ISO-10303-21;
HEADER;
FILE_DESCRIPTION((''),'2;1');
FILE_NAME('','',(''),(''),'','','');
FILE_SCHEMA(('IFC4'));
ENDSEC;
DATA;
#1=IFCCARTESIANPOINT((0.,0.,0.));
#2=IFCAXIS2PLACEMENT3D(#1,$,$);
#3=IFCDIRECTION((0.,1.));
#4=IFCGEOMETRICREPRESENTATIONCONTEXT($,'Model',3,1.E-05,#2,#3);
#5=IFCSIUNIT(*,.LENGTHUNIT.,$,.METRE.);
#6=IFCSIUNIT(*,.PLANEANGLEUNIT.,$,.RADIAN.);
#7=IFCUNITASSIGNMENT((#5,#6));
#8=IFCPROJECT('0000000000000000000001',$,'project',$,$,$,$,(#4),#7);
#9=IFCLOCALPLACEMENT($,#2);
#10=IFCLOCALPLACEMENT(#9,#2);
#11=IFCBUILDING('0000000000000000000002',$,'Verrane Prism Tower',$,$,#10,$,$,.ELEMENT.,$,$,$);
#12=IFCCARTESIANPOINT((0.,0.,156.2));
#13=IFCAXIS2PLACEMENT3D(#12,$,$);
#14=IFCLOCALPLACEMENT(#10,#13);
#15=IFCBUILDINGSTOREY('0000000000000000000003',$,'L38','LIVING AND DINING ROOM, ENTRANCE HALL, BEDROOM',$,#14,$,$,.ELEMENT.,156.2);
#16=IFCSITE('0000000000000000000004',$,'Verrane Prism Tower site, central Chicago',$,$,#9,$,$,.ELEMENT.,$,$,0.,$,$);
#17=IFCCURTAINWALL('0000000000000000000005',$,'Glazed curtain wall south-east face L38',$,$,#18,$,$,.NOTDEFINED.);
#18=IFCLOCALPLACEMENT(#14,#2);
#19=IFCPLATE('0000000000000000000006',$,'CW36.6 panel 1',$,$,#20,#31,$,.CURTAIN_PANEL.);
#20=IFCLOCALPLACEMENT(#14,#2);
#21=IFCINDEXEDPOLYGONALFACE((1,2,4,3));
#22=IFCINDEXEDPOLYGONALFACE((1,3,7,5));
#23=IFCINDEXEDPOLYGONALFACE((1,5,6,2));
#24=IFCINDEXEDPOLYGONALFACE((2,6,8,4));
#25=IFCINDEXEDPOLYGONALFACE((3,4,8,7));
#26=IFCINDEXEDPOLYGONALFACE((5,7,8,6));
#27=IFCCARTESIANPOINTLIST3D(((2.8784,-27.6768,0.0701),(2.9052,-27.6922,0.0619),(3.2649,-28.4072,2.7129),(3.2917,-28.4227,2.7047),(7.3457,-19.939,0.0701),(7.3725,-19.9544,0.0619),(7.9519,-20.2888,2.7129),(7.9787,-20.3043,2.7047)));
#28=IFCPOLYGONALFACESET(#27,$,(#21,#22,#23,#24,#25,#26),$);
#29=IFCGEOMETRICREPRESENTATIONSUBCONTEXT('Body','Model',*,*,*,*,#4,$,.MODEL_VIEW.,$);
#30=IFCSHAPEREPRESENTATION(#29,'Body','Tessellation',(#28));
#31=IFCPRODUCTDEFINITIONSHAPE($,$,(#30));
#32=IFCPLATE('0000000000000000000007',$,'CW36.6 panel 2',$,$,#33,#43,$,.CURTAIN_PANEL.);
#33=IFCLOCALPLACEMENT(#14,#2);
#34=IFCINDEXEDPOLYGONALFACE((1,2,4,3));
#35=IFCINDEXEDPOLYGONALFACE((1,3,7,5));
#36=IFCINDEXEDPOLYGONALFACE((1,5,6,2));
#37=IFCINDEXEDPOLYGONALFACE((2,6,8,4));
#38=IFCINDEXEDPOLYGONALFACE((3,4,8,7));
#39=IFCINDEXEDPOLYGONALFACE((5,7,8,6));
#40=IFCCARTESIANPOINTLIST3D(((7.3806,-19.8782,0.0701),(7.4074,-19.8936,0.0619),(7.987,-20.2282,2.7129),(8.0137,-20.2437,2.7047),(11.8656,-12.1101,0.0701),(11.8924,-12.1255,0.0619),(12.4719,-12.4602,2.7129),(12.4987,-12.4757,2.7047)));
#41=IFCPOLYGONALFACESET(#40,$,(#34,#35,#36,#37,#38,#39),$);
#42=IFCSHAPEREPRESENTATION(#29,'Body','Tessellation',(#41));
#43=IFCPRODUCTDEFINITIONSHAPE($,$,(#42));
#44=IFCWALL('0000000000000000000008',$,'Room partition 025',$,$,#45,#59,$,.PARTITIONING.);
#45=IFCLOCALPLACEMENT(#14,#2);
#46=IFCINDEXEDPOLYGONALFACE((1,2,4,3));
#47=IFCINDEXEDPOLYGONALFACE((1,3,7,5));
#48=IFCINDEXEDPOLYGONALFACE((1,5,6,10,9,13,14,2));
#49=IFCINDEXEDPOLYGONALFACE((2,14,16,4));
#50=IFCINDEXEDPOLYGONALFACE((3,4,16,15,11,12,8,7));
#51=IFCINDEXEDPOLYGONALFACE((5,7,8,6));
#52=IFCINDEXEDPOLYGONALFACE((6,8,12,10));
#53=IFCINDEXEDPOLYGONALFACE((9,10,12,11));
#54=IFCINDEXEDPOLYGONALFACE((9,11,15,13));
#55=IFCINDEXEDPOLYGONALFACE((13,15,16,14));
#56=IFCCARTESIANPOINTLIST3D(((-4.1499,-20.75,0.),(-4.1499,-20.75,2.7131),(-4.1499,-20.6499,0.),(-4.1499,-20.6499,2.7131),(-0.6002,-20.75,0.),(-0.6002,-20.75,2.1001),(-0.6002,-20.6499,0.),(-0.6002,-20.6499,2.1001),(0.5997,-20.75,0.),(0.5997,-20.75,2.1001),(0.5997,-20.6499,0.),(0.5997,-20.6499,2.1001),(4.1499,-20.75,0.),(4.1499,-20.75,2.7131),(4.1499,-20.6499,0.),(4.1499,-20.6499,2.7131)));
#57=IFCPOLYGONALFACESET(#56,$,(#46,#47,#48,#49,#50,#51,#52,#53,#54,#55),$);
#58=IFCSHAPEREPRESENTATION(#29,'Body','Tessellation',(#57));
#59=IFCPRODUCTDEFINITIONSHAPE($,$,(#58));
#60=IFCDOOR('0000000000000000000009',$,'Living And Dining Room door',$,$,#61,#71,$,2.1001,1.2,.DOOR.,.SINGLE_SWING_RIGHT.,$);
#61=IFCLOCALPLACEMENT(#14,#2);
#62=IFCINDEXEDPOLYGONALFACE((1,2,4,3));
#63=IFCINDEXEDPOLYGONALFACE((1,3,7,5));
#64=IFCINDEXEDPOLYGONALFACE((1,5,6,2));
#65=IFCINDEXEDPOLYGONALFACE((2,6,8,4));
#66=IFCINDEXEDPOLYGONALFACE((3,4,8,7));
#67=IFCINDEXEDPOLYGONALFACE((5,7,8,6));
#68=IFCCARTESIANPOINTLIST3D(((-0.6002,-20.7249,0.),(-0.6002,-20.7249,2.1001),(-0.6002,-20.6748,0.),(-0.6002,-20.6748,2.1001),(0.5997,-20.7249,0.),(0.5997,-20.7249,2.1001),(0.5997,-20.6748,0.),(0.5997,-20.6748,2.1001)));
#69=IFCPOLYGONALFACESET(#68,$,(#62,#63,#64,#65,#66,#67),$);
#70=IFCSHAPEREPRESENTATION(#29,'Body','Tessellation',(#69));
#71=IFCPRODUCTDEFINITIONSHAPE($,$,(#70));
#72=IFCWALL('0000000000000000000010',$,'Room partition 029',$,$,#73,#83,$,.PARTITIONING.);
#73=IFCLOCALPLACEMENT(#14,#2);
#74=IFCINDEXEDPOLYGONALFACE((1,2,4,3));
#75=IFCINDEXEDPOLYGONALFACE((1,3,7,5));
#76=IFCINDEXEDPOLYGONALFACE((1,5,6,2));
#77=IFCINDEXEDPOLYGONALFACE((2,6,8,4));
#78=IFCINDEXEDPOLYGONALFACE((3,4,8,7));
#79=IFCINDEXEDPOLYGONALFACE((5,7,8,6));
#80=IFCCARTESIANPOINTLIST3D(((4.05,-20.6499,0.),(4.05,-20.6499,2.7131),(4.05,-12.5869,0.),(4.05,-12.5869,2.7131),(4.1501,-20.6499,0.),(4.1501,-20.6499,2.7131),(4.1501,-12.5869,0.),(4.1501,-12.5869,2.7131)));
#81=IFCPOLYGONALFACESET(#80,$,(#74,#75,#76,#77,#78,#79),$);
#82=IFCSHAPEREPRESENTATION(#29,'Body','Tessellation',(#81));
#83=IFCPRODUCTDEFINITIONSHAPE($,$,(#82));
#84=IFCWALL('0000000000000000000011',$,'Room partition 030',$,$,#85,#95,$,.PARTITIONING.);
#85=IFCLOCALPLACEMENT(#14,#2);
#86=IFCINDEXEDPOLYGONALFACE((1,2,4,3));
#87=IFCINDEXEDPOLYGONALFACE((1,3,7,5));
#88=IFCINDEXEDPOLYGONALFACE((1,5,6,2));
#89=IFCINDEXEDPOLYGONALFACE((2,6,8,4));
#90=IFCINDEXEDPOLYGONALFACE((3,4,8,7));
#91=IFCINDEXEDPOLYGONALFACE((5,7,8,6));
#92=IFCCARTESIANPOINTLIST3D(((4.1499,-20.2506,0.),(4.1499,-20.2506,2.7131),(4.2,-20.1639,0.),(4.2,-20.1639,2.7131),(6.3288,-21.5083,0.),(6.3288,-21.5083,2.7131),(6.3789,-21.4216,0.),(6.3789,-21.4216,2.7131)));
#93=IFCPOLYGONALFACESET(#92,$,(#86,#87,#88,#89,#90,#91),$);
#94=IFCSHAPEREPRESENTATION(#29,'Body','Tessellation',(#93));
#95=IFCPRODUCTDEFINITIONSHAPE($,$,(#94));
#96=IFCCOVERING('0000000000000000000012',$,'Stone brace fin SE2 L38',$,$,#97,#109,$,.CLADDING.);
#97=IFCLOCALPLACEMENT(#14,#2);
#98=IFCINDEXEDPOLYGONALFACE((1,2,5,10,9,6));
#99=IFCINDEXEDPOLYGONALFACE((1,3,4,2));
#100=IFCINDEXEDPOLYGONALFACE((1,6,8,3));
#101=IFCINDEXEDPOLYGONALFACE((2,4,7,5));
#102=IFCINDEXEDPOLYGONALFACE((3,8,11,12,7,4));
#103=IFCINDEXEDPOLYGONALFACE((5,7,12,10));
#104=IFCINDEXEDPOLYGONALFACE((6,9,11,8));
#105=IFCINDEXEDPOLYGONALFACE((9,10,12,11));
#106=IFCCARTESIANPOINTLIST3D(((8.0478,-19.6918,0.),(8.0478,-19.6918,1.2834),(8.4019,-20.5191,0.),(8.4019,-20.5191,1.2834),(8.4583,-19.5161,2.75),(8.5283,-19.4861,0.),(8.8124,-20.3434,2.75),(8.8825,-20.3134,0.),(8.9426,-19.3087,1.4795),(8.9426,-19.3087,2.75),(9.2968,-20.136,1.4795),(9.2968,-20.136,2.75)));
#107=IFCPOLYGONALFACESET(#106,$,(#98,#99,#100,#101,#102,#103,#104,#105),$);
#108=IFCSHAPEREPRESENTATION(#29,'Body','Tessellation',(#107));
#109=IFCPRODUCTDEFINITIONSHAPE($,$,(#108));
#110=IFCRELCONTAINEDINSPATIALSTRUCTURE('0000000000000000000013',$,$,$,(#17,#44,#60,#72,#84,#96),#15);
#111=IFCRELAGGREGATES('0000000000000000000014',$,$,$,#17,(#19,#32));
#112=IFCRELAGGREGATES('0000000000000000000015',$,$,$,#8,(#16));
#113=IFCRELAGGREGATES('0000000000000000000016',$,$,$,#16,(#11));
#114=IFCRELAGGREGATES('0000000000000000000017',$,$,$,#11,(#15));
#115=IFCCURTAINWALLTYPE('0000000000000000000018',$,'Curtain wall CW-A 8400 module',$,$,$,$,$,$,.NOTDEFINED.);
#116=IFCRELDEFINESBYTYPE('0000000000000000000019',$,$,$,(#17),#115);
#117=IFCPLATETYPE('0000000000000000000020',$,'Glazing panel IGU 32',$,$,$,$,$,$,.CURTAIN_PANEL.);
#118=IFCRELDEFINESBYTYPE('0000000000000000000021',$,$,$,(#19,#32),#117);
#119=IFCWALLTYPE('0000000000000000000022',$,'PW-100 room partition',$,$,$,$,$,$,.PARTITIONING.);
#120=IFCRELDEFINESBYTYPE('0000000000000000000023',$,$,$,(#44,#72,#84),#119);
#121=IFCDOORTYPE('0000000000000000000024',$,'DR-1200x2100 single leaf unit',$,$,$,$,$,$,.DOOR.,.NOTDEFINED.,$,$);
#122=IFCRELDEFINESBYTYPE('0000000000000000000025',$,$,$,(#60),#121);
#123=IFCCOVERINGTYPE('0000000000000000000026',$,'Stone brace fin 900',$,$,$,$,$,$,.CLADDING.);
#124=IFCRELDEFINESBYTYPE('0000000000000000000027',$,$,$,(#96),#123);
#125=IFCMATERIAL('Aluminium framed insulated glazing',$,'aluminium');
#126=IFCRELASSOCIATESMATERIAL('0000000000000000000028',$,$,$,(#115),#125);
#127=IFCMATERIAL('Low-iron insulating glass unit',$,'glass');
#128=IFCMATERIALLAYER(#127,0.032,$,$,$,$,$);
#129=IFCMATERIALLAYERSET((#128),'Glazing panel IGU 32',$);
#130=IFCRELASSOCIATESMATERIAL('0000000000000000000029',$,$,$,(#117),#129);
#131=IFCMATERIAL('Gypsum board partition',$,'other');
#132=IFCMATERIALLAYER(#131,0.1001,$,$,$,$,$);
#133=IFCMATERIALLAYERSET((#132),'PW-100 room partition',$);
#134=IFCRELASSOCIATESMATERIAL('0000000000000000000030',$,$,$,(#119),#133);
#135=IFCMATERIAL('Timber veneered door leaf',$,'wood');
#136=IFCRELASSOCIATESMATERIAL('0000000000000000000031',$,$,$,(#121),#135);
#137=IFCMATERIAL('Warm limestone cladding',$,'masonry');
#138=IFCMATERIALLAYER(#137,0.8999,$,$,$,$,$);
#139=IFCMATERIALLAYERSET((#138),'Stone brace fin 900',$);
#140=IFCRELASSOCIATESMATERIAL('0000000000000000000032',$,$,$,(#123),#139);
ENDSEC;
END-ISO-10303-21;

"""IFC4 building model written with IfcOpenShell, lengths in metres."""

from ifc_helpers import new_model, si_unit, direction, frame, frame_2d, origin, place, context, subcontext, project, spatial, polyline, rectangle, outline, extrude, material, layer, layer_set, type_object, element, fill, aggregate, save


model = new_model("IFC4")

# Units and contexts
model_context = context("Model", 3, precision=1e-05, world=origin(), true_north=direction((0.0, 1.0)))
body_context = subcontext(model_context, "Body", "Model", "MODEL_VIEW")
ifc_project = project(units=[si_unit("LENGTHUNIT", "METRE"), si_unit("PLANEANGLEUNIT", "RADIAN")], contexts=[model_context])

# Site, building, storey
site_placement = place(None, origin())
site = spatial("IfcSite", under=ifc_project, at=site_placement, Name="Verrane Prism Tower site, central Chicago", CompositionType="ELEMENT", RefElevation=0.0)
building_placement = place(site_placement, origin())
building = spatial("IfcBuilding", under=site, at=building_placement, Name="Verrane Prism Tower", CompositionType="ELEMENT")
storey_placement = place(building_placement, frame((0.0, 0.0, 156.2)))
storey = spatial("IfcBuildingStorey", under=building, at=storey_placement, Name="L38", Description="LIVING AND DINING ROOM, ENTRANCE HALL, BEDROOM", CompositionType="ELEMENT", Elevation=156.2)

# Curtain wall
ifc_material_1 = material(Name="Aluminium framed insulated glazing", Category="aluminium")
curtain_wall_type = type_object("IfcCurtainWallType", Name="Curtain wall CW-A 8400 module", PredefinedType="NOTDEFINED", material=ifc_material_1)
curtain_wall_placement = place(storey_placement, origin())
curtain_wall = element("IfcCurtainWall", 1, at=curtain_wall_placement, inside=storey, type_object=curtain_wall_type, Name="Glazed curtain wall south-east face L38", PredefinedType="NOTDEFINED")

# Plates
ifc_material_2 = material(Name="Low-iron insulating glass unit", Category="glass")
ifc_layer_1 = layer(ifc_material_2, 0.032)
ifc_layer_set_1 = layer_set([ifc_layer_1], Name="Glazing panel IGU 32")
plate_type = type_object("IfcPlateType", Name="Glazing panel IGU 32", PredefinedType="CURTAIN_PANEL", material=ifc_layer_set_1)
plate_1_placement = place(storey_placement, frame((2.8784, -27.6768, 0.0701), z_axis=(-0.837171, 0.483326, 0.256012), x_axis=(0.499988, 0.866032, 0.0)))
plate_1 = element("IfcPlate", 2, at=plate_1_placement, type_object=plate_type, Name="CW36.6 panel 1", PredefinedType="CURTAIN_PANEL", context=body_context, shape_type="SweptSolid", body=[
    extrude(outline(polyline([(0.0, 0.0), (8.9348, 0.0), (8.9349, -2.7339), (-0.4394, -2.7339), (0.0, 0.0)])), origin(), (0.0, 0.0, -1.0), 0.032),
])
plate_2_placement = place(storey_placement, frame((7.3806, -19.8782, 0.0701), z_axis=(-0.837142, 0.483334, 0.256087), x_axis=(0.500008, 0.866021, 0.000003)))
plate_2 = element("IfcPlate", 3, at=plate_2_placement, type_object=plate_type, Name="CW36.6 panel 2", PredefinedType="CURTAIN_PANEL", context=body_context, shape_type="SweptSolid", body=[
    extrude(outline(polyline([(0.0, 0.0), (8.9699, 0.0), (8.9698, -2.734), (0.0, -2.734), (0.0, 0.0)])), origin(), (0.0, 0.0, -1.0), 0.032),
])
aggregate(curtain_wall, [plate_1, plate_2])

# Wall, opening, door
ifc_material_3 = material(Name="Gypsum board partition", Category="other")
ifc_layer_2 = layer(ifc_material_3, 0.1001)
ifc_layer_set_2 = layer_set([ifc_layer_2], Name="PW-100 room partition")
wall_type = type_object("IfcWallType", Name="PW-100 room partition", PredefinedType="PARTITIONING", material=ifc_layer_set_2)
wall_1_placement = place(storey_placement, frame((4.1499, -20.7, 0.0), z_axis=(0.0, 0.0, 1.0), x_axis=(-1.0, 0.0, 0.0)))
wall_1 = element("IfcWall", 4, at=wall_1_placement, inside=storey, type_object=wall_type, Name="Room partition 025", PredefinedType="PARTITIONING", context=body_context, shape_type="SweptSolid", body=[
    extrude(rectangle(XDim=8.2998, YDim=0.1001, at=frame_2d((4.1499, 0.0))), origin(), (0.0, 0.0, 1.0), 2.7131),
])
opening_placement = place(wall_1_placement, frame((3.55, 0.0, 0.0)))
opening = element("IfcOpeningElement", 5, at=opening_placement, cuts=wall_1, PredefinedType="OPENING", context=body_context, shape_type="SweptSolid", body=[
    extrude(rectangle(XDim=1.2, YDim=2.1001, at=frame_2d((0.6001, 1.05))), frame((0.0, 0.0601, 0.0), z_axis=(0.0, -1.0, 0.0), x_axis=(1.0, 0.0, 0.0)), (0.0, 0.0, 1.0), 0.1201),
])
ifc_material_4 = material(Name="Timber veneered door leaf", Category="wood")
door_type = type_object("IfcDoorType", Name="DR-1200x2100 single leaf unit", OperationType="NOTDEFINED", PredefinedType="DOOR", material=ifc_material_4)
door_placement = place(opening_placement, origin())
door = element("IfcDoor", 6, at=door_placement, inside=storey, type_object=door_type, Name="Living And Dining Room door", OperationType="SINGLE_SWING_RIGHT", OverallHeight=2.1001, OverallWidth=1.2, PredefinedType="DOOR", context=body_context, shape_type="SweptSolid", body=[
    extrude(rectangle(XDim=1.2, YDim=2.1001, at=frame_2d((0.6001, 1.05))), frame((0.0, 0.0249, 0.0), z_axis=(0.0, -1.0, 0.0), x_axis=(1.0, 0.0, 0.0)), (0.0, 0.0, 1.0), 0.05),
])
fill(opening, door)

# Walls
wall_2_placement = place(storey_placement, frame((4.1001, -20.6499, 0.0), z_axis=(0.0, 0.0, 1.0), x_axis=(0.0, 1.0, 0.0)))
element("IfcWall", 7, at=wall_2_placement, inside=storey, type_object=wall_type, Name="Room partition 029", PredefinedType="PARTITIONING", context=body_context, shape_type="SweptSolid", body=[
    extrude(rectangle(XDim=8.063, YDim=0.1001, at=frame_2d((4.0315, 0.0))), origin(), (0.0, 0.0, 1.0), 2.7131),
])
wall_3_placement = place(storey_placement, frame((4.175, -20.2073, 0.0), z_axis=(0.0, 0.0, 1.0), x_axis=(0.866061, -0.499938, 0.0)))
element("IfcWall", 8, at=wall_3_placement, inside=storey, type_object=wall_type, Name="Room partition 030", PredefinedType="PARTITIONING", context=body_context, shape_type="SweptSolid", body=[
    extrude(rectangle(XDim=2.5159, YDim=0.1001, at=frame_2d((1.2578, 0.0))), origin(), (0.0, 0.0, 1.0), 2.7131),
])

# Covering
ifc_material_5 = material(Name="Warm limestone cladding", Category="masonry")
ifc_layer_3 = layer(ifc_material_5, 0.8999)
ifc_layer_set_3 = layer_set([ifc_layer_3], Name="Stone brace fin 900")
covering_type = type_object("IfcCoveringType", Name="Stone brace fin 900", PredefinedType="CLADDING", material=ifc_layer_set_3)
covering_placement = place(storey_placement, frame((8.2249, -20.1055, 0.0), z_axis=(0.0, 0.0, 1.0), x_axis=(0.919301, 0.393556, 0.0)))
element("IfcCovering", 9, at=covering_placement, inside=storey, type_object=covering_type, Name="Stone brace fin SE2 L38", PredefinedType="CLADDING", context=body_context, shape_type="SweptSolid", body=[
    extrude(outline(polyline([(0.9734, 2.75), (0.4465, 2.75), (0.0, 1.2834), (0.0, 0.0), (0.5227, 0.0), (0.9734, 1.4795), (0.9734, 2.75)])), frame((0.0, 0.45, 0.0), z_axis=(0.0, -1.0, 0.0), x_axis=(1.0, 0.0, 0.0)), (0.0, 0.0, 1.0), 0.8999),
])

save(model, "model.ifc")
